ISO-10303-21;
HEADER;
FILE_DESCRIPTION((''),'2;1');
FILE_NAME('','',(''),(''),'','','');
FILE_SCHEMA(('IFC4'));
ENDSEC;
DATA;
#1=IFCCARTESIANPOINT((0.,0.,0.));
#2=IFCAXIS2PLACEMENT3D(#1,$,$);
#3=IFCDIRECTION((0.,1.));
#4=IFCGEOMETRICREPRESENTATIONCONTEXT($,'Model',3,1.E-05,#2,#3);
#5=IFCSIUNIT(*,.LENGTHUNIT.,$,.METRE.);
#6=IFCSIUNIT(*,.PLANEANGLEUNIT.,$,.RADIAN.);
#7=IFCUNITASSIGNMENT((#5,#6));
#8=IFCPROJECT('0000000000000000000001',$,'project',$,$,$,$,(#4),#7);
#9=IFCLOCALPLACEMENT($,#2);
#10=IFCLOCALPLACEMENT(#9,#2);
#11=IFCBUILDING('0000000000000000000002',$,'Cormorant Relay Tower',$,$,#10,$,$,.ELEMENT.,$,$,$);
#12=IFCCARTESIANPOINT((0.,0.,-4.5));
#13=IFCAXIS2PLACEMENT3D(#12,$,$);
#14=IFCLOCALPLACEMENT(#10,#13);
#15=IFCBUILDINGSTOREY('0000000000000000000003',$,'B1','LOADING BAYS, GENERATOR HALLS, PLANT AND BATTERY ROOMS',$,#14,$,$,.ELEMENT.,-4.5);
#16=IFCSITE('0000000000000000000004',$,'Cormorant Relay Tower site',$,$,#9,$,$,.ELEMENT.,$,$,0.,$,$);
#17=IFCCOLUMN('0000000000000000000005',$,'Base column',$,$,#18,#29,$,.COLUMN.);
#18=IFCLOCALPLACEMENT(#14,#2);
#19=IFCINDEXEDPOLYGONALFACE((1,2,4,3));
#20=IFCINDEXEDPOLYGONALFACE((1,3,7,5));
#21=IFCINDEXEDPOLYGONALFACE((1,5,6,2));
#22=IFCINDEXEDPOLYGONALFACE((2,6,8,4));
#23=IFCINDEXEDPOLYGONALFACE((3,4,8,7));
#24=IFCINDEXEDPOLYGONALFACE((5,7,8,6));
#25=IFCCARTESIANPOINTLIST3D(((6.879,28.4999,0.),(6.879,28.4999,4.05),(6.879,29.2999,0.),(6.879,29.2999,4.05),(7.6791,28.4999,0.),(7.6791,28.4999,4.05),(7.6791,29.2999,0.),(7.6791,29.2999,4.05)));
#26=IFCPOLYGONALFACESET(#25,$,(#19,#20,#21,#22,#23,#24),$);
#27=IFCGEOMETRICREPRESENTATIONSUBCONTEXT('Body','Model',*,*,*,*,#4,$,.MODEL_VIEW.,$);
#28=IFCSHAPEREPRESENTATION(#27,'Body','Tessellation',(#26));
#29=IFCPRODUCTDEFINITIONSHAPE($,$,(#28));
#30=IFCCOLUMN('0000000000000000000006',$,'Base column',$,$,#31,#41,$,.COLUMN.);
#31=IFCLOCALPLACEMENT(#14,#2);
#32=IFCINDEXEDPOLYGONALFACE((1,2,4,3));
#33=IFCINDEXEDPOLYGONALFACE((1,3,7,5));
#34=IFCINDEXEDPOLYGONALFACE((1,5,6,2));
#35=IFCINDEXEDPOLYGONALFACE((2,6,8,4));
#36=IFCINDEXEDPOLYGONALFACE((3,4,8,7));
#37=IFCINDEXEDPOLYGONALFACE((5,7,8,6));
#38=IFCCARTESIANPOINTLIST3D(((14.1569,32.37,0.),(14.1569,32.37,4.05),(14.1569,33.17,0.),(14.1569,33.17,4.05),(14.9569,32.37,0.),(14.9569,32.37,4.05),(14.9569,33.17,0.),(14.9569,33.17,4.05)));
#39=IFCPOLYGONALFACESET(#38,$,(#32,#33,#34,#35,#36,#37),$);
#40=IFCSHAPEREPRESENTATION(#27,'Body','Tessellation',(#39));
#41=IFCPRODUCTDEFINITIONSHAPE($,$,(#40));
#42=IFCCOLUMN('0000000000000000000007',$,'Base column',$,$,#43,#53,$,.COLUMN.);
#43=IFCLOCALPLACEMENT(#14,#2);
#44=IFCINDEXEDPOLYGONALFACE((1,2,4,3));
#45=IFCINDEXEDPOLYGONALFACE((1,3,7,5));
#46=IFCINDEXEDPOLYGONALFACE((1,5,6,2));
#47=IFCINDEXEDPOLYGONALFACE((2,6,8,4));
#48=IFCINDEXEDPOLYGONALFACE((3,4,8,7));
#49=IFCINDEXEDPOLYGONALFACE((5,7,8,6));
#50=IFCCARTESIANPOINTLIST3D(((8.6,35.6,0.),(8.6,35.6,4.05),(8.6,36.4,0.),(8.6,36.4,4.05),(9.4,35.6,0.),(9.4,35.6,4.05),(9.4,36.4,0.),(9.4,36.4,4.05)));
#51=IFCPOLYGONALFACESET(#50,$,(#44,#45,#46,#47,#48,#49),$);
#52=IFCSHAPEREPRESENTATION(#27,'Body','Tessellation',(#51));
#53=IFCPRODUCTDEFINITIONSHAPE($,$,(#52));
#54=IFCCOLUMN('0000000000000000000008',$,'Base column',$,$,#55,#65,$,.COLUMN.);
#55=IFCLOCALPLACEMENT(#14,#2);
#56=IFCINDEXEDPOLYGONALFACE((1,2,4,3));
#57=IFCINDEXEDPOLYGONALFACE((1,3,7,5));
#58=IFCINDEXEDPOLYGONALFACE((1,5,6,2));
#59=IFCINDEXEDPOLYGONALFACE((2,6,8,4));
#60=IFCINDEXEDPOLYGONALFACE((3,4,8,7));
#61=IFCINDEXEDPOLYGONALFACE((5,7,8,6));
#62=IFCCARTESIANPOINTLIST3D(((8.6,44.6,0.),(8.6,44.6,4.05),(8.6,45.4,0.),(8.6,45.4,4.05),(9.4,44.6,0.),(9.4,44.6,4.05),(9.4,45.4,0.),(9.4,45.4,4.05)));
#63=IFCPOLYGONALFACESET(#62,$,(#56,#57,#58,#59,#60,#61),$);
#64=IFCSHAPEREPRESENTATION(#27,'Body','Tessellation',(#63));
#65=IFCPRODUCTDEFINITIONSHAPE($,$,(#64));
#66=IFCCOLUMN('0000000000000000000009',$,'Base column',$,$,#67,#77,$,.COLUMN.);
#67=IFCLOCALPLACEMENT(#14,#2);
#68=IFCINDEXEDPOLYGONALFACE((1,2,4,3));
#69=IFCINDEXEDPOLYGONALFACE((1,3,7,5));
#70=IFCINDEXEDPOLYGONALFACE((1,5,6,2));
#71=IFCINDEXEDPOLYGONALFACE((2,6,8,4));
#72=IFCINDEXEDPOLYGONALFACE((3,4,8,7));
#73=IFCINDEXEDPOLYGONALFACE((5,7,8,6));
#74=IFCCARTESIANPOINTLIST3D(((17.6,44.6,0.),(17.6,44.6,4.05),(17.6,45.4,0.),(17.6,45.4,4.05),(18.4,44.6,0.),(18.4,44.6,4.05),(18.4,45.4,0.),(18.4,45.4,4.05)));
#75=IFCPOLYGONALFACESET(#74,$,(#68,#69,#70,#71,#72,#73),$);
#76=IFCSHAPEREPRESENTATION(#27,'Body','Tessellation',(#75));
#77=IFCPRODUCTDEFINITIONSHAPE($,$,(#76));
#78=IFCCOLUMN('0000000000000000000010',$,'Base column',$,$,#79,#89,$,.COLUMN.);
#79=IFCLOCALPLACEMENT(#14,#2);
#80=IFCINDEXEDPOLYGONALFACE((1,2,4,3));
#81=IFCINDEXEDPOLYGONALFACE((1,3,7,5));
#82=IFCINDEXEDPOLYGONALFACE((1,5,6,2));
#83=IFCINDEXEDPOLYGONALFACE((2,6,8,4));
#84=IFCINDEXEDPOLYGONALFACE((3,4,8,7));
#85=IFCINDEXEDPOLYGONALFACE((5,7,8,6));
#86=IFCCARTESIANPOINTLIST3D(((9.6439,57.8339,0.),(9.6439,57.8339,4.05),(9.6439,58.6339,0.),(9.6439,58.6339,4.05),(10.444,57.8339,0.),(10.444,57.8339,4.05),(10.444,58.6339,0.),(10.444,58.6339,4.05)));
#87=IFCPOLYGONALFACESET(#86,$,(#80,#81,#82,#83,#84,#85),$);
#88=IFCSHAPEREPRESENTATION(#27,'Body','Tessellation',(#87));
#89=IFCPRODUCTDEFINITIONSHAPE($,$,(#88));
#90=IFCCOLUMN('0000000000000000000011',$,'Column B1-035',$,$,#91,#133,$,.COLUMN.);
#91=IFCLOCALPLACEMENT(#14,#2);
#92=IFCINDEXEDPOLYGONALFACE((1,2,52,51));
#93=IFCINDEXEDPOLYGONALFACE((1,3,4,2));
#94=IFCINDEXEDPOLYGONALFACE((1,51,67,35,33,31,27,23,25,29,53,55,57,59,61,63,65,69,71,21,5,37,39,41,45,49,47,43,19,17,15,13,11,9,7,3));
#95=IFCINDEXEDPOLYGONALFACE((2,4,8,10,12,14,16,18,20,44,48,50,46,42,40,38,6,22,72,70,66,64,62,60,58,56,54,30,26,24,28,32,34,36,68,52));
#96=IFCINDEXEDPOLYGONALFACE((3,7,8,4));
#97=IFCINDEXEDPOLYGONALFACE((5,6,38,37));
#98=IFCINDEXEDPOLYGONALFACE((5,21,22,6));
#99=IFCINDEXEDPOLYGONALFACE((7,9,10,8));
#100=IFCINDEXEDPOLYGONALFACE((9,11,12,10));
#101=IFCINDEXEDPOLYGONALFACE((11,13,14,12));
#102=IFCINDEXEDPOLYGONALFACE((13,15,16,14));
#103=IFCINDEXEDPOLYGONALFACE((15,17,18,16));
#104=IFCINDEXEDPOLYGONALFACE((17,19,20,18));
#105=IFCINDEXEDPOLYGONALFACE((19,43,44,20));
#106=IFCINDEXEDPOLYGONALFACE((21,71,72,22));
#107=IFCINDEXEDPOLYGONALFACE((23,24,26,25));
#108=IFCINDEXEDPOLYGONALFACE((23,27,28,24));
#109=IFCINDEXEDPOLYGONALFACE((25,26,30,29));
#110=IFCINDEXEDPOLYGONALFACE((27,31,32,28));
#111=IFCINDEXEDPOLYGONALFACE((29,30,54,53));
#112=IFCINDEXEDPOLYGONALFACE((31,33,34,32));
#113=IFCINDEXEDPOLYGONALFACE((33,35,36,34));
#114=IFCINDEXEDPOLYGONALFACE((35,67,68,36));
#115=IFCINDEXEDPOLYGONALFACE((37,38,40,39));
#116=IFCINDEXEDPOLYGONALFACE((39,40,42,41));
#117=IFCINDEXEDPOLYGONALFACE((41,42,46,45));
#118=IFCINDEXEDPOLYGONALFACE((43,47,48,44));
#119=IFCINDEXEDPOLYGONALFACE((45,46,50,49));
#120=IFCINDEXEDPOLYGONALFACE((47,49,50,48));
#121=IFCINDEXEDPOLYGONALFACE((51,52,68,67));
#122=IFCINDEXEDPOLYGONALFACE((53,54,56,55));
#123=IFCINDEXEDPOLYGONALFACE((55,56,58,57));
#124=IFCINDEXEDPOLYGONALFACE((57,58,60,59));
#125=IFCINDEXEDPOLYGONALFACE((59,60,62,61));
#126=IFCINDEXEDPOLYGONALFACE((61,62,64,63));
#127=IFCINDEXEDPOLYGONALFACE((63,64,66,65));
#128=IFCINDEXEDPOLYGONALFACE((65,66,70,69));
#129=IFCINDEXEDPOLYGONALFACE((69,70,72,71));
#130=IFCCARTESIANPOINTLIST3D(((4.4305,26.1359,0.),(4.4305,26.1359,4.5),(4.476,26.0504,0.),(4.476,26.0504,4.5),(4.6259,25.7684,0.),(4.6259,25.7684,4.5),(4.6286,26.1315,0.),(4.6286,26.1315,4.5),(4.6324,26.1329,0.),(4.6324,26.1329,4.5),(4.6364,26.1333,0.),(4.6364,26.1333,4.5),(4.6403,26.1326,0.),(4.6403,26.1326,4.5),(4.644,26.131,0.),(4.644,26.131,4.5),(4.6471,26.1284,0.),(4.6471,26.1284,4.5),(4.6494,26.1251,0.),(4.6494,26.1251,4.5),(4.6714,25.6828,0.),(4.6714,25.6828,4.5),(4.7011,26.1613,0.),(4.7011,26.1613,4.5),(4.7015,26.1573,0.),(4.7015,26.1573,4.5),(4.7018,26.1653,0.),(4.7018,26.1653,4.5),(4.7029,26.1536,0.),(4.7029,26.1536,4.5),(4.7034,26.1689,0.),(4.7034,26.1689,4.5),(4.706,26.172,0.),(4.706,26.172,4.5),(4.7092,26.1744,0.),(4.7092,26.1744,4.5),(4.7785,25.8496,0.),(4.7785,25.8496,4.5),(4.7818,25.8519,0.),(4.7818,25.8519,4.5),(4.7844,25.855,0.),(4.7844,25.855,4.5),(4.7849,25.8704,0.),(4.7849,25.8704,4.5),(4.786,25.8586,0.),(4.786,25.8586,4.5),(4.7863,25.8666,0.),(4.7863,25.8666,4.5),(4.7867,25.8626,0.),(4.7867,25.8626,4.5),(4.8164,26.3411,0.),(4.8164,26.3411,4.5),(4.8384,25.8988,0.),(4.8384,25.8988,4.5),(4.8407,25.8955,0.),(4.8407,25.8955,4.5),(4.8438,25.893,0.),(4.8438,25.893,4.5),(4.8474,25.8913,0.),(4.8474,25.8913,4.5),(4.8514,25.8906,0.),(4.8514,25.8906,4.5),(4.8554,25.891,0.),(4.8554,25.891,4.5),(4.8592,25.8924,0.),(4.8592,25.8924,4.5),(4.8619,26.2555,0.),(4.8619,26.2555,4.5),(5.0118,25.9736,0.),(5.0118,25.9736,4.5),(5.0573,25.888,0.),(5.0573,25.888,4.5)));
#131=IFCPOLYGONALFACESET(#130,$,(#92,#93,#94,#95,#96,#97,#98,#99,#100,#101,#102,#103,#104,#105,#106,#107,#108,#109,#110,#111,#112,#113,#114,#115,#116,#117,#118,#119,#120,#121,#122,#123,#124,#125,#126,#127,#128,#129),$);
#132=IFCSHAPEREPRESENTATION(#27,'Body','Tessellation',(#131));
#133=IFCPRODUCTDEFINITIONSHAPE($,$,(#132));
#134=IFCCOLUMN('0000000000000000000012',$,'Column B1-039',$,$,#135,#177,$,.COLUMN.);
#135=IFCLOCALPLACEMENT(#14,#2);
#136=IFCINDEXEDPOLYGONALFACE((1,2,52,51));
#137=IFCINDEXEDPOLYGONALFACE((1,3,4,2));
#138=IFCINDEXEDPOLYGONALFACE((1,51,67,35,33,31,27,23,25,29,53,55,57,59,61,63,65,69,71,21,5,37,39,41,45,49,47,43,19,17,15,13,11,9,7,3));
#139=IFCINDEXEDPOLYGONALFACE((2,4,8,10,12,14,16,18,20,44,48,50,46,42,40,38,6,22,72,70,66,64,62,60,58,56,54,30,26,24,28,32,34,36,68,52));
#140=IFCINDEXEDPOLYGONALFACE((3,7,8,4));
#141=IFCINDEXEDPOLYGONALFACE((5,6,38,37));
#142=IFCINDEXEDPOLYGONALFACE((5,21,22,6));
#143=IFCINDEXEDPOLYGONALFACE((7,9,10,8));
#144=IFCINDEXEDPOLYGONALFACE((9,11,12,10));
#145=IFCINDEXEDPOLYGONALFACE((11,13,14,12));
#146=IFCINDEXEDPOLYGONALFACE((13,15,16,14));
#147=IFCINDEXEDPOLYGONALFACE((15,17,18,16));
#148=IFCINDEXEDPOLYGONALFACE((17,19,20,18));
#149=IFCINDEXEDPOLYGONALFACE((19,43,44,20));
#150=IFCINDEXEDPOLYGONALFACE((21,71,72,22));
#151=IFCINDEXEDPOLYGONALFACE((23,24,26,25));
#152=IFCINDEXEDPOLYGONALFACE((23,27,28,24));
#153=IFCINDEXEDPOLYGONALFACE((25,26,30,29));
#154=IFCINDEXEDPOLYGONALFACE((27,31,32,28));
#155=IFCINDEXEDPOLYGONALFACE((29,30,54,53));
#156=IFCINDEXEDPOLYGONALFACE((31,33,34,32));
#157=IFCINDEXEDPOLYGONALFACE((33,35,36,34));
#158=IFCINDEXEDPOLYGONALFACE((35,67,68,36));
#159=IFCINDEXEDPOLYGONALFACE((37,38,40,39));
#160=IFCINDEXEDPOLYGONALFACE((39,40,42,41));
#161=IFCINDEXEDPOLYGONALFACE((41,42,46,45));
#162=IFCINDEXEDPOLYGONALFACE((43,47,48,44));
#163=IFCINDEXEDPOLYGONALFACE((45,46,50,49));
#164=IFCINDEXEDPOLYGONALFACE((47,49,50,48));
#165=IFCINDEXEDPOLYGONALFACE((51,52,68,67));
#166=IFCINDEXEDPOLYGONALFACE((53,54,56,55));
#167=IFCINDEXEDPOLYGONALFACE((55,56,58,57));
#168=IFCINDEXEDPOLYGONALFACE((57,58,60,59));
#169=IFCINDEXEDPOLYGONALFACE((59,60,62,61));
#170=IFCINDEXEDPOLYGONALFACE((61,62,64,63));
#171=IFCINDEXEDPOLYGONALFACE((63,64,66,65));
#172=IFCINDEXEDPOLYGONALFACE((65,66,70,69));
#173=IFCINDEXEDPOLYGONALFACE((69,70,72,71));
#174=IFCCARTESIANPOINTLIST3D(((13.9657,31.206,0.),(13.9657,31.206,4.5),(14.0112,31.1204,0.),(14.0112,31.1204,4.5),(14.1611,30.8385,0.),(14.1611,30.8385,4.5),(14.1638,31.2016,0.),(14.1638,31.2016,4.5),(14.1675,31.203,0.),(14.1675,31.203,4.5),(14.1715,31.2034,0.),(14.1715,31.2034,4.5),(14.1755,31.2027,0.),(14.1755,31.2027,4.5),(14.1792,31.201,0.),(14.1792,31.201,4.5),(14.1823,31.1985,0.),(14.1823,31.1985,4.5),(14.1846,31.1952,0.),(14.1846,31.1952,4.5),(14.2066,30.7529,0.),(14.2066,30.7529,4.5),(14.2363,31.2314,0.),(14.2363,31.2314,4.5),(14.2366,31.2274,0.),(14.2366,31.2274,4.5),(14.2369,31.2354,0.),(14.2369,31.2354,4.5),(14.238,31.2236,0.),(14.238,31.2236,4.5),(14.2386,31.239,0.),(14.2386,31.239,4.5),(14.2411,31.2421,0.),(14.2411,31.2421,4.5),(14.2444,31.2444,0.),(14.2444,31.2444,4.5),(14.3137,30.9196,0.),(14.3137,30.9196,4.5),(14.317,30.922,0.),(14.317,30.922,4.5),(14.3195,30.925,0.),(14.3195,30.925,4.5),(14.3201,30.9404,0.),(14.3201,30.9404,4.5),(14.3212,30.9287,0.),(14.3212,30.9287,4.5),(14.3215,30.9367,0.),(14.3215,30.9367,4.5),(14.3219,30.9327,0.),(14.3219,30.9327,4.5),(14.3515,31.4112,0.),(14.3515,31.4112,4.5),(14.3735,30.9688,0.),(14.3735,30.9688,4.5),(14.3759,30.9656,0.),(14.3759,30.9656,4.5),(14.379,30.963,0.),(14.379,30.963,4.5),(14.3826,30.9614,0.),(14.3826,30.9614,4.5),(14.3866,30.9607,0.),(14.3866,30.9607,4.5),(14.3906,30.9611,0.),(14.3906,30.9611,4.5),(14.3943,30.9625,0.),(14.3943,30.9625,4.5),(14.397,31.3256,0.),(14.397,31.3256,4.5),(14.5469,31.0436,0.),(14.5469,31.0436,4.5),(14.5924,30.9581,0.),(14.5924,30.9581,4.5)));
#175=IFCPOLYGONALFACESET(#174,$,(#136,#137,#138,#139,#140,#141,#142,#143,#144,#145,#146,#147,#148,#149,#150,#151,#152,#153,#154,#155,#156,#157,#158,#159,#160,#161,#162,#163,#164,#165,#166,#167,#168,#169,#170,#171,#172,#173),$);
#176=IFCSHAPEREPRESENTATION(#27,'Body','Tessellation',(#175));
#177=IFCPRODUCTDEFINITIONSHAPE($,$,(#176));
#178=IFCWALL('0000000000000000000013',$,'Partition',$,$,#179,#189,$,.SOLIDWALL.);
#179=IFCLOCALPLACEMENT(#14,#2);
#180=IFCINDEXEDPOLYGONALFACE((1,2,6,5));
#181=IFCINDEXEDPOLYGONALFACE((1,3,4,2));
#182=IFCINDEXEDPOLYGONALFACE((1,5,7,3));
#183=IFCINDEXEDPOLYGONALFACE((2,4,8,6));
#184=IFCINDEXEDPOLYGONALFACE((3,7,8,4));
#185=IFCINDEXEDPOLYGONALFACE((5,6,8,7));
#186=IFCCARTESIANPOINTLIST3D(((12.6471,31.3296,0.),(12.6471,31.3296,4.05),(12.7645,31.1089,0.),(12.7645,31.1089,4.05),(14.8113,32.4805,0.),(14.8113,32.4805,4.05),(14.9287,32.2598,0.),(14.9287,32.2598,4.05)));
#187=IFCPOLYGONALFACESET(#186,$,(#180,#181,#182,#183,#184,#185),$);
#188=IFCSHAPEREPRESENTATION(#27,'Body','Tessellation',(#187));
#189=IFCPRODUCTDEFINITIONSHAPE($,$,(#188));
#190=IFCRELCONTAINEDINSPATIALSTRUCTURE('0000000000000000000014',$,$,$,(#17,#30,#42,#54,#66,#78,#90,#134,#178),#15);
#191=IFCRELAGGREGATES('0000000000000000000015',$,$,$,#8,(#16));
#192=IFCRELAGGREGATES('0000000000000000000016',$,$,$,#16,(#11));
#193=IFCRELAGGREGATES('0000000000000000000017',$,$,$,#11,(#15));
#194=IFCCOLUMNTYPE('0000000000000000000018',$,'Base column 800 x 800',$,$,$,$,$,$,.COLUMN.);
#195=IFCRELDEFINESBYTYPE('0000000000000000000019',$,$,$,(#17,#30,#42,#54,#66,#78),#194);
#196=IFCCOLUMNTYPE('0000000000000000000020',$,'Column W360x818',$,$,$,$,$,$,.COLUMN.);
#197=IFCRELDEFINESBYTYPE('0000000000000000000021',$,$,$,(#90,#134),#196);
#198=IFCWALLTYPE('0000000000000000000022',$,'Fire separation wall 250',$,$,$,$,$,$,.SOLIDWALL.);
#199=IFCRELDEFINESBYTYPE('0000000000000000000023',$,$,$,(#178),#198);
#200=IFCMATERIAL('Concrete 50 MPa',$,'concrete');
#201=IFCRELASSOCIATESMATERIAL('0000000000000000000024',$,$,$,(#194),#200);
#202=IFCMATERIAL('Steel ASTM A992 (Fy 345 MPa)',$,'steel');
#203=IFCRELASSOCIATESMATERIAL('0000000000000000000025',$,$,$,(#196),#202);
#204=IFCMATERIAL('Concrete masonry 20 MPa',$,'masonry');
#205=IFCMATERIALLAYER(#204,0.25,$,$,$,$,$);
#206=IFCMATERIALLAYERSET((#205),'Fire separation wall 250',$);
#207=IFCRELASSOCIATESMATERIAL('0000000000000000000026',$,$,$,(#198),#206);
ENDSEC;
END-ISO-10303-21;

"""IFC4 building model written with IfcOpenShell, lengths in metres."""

from ifc_helpers import new_model, si_unit, direction, frame, frame_2d, origin, origin_2d, place, context, subcontext, project, spatial, rectangle, i_section, extrude, material, layer, layer_set, material_profile, profile_set, type_object, element, save


model = new_model("IFC4")

# Units and contexts
model_context = context("Model", 3, precision=1e-05, world=origin(), true_north=direction((0.0, 1.0)))
body_context = subcontext(model_context, "Body", "Model", "MODEL_VIEW")
ifc_project = project(units=[si_unit("LENGTHUNIT", "METRE"), si_unit("PLANEANGLEUNIT", "RADIAN")], contexts=[model_context])

# Site, building, storey
site_placement = place(None, origin())
site = spatial("IfcSite", under=ifc_project, at=site_placement, Name="Cormorant Relay Tower site", CompositionType="ELEMENT", RefElevation=0.0)
building_placement = place(site_placement, origin())
building = spatial("IfcBuilding", under=site, at=building_placement, Name="Cormorant Relay Tower", CompositionType="ELEMENT")
storey_placement = place(building_placement, frame((0.0, 0.0, -4.5)))
storey = spatial("IfcBuildingStorey", under=building, at=storey_placement, Name="B1", Description="LOADING BAYS, GENERATOR HALLS, PLANT AND BATTERY ROOMS", CompositionType="ELEMENT", Elevation=-4.5)

# Columns
ifc_material_1 = material(Name="Concrete 50 MPa", Category="concrete")
ifc_material_profile_1 = material_profile(ifc_material_1, rectangle(XDim=0.8, YDim=0.8, at=origin_2d()), Name="RC 800x800")
ifc_profile_set_1 = profile_set([ifc_material_profile_1], Name="Concrete 50 MPa")
column_type_1 = type_object("IfcColumnType", Name="Base column 800 x 800", PredefinedType="COLUMN", material=ifc_profile_set_1)
for number, where, z_axis, x_axis, name in (
    (1, (7.2791, 28.8999, 0.0), (0.0, 0.0, 1.0), (1.0, 0.0, 0.0), "Base column"),
    (2, (14.5569, 32.77, 0.0), (0.0, 0.0, 1.0), (1.0, 0.0, 0.0), "Base column"),
    (3, (9.0, 36.0, 0.0), (0.0, 0.0, 1.0), (1.0, 0.0, 0.0), "Base column"),
    (4, (9.0, 45.0, 0.0), (0.0, 0.0, 1.0), (1.0, 0.0, 0.0), "Base column"),
    (5, (18.0, 45.0, 0.0), (0.0, 0.0, 1.0), (1.0, 0.0, 0.0), "Base column"),
    (6, (10.0439, 58.2339, 0.0), (0.0, 0.0, 1.0), (1.0, 0.0, 0.0), "Base column"),
):
    element("IfcColumn", number, at=place(storey_placement, frame(where, z_axis=z_axis, x_axis=x_axis)), inside=storey, type_object=column_type_1, Name=name, PredefinedType="COLUMN", context=body_context, shape_type="SweptSolid", body=[
        extrude(rectangle(XDim=0.8, YDim=0.8, at=origin_2d()), origin(), (0.0, 0.0, 1.0), 4.05),
    ])
ifc_material_2 = material(Name="Steel ASTM A992 (Fy 345 MPa)", Category="steel")
ifc_material_profile_2 = material_profile(ifc_material_2, i_section(OverallWidth=0.437, OverallDepth=0.5132, WebThickness=0.0605, FlangeThickness=0.0969, FilletRadius=0.0154, at=origin_2d()), Name="W360x818")
ifc_profile_set_2 = profile_set([ifc_material_profile_2], Name="Steel ASTM A992 (Fy 345 MPa)")
column_type_2 = type_object("IfcColumnType", Name="Column W360x818", PredefinedType="COLUMN", material=ifc_profile_set_2)
for number, where, z_axis, x_axis, name in (
    (7, (4.7439, 26.012, 0.0), (0.0, 0.0, 1.0), (-0.882948, -0.469472, 0.0), "Column B1-035"),
    (8, (14.2791, 31.082, 0.0), (0.0, 0.0, 1.0), (-0.882948, -0.469472, 0.0), "Column B1-039"),
):
    element("IfcColumn", number, at=place(storey_placement, frame(where, z_axis=z_axis, x_axis=x_axis)), inside=storey, type_object=column_type_2, Name=name, PredefinedType="COLUMN", context=body_context, shape_type="SweptSolid", body=[
        extrude(i_section(OverallWidth=0.437, OverallDepth=0.5132, WebThickness=0.0605, FlangeThickness=0.0969, FilletRadius=0.0154, at=origin_2d()), origin(), (0.0, 0.0, 1.0), 4.5),
    ])

# Wall
ifc_material_3 = material(Name="Concrete masonry 20 MPa", Category="masonry")
ifc_layer_1 = layer(ifc_material_3, 0.25)
ifc_layer_set_1 = layer_set([ifc_layer_1], Name="Fire separation wall 250")
wall_type_1 = type_object("IfcWallType", Name="Fire separation wall 250", PredefinedType="SOLIDWALL", material=ifc_layer_set_1)
wall_1_placement = place(storey_placement, frame((12.7058, 31.2192, 0.0), z_axis=(0.0, 0.0, 1.0), x_axis=(0.882909, 0.469544, 0.0)))
element("IfcWall", 9, at=wall_1_placement, inside=storey, type_object=wall_type_1, Name="Partition", PredefinedType="SOLIDWALL", context=body_context, shape_type="SweptSolid", body=[
    extrude(rectangle(XDim=2.4512, YDim=0.25, at=frame_2d((1.2256, 0.0))), origin(), (0.0, 0.0, 1.0), 4.05),
])

save(model, "model.ifc")
